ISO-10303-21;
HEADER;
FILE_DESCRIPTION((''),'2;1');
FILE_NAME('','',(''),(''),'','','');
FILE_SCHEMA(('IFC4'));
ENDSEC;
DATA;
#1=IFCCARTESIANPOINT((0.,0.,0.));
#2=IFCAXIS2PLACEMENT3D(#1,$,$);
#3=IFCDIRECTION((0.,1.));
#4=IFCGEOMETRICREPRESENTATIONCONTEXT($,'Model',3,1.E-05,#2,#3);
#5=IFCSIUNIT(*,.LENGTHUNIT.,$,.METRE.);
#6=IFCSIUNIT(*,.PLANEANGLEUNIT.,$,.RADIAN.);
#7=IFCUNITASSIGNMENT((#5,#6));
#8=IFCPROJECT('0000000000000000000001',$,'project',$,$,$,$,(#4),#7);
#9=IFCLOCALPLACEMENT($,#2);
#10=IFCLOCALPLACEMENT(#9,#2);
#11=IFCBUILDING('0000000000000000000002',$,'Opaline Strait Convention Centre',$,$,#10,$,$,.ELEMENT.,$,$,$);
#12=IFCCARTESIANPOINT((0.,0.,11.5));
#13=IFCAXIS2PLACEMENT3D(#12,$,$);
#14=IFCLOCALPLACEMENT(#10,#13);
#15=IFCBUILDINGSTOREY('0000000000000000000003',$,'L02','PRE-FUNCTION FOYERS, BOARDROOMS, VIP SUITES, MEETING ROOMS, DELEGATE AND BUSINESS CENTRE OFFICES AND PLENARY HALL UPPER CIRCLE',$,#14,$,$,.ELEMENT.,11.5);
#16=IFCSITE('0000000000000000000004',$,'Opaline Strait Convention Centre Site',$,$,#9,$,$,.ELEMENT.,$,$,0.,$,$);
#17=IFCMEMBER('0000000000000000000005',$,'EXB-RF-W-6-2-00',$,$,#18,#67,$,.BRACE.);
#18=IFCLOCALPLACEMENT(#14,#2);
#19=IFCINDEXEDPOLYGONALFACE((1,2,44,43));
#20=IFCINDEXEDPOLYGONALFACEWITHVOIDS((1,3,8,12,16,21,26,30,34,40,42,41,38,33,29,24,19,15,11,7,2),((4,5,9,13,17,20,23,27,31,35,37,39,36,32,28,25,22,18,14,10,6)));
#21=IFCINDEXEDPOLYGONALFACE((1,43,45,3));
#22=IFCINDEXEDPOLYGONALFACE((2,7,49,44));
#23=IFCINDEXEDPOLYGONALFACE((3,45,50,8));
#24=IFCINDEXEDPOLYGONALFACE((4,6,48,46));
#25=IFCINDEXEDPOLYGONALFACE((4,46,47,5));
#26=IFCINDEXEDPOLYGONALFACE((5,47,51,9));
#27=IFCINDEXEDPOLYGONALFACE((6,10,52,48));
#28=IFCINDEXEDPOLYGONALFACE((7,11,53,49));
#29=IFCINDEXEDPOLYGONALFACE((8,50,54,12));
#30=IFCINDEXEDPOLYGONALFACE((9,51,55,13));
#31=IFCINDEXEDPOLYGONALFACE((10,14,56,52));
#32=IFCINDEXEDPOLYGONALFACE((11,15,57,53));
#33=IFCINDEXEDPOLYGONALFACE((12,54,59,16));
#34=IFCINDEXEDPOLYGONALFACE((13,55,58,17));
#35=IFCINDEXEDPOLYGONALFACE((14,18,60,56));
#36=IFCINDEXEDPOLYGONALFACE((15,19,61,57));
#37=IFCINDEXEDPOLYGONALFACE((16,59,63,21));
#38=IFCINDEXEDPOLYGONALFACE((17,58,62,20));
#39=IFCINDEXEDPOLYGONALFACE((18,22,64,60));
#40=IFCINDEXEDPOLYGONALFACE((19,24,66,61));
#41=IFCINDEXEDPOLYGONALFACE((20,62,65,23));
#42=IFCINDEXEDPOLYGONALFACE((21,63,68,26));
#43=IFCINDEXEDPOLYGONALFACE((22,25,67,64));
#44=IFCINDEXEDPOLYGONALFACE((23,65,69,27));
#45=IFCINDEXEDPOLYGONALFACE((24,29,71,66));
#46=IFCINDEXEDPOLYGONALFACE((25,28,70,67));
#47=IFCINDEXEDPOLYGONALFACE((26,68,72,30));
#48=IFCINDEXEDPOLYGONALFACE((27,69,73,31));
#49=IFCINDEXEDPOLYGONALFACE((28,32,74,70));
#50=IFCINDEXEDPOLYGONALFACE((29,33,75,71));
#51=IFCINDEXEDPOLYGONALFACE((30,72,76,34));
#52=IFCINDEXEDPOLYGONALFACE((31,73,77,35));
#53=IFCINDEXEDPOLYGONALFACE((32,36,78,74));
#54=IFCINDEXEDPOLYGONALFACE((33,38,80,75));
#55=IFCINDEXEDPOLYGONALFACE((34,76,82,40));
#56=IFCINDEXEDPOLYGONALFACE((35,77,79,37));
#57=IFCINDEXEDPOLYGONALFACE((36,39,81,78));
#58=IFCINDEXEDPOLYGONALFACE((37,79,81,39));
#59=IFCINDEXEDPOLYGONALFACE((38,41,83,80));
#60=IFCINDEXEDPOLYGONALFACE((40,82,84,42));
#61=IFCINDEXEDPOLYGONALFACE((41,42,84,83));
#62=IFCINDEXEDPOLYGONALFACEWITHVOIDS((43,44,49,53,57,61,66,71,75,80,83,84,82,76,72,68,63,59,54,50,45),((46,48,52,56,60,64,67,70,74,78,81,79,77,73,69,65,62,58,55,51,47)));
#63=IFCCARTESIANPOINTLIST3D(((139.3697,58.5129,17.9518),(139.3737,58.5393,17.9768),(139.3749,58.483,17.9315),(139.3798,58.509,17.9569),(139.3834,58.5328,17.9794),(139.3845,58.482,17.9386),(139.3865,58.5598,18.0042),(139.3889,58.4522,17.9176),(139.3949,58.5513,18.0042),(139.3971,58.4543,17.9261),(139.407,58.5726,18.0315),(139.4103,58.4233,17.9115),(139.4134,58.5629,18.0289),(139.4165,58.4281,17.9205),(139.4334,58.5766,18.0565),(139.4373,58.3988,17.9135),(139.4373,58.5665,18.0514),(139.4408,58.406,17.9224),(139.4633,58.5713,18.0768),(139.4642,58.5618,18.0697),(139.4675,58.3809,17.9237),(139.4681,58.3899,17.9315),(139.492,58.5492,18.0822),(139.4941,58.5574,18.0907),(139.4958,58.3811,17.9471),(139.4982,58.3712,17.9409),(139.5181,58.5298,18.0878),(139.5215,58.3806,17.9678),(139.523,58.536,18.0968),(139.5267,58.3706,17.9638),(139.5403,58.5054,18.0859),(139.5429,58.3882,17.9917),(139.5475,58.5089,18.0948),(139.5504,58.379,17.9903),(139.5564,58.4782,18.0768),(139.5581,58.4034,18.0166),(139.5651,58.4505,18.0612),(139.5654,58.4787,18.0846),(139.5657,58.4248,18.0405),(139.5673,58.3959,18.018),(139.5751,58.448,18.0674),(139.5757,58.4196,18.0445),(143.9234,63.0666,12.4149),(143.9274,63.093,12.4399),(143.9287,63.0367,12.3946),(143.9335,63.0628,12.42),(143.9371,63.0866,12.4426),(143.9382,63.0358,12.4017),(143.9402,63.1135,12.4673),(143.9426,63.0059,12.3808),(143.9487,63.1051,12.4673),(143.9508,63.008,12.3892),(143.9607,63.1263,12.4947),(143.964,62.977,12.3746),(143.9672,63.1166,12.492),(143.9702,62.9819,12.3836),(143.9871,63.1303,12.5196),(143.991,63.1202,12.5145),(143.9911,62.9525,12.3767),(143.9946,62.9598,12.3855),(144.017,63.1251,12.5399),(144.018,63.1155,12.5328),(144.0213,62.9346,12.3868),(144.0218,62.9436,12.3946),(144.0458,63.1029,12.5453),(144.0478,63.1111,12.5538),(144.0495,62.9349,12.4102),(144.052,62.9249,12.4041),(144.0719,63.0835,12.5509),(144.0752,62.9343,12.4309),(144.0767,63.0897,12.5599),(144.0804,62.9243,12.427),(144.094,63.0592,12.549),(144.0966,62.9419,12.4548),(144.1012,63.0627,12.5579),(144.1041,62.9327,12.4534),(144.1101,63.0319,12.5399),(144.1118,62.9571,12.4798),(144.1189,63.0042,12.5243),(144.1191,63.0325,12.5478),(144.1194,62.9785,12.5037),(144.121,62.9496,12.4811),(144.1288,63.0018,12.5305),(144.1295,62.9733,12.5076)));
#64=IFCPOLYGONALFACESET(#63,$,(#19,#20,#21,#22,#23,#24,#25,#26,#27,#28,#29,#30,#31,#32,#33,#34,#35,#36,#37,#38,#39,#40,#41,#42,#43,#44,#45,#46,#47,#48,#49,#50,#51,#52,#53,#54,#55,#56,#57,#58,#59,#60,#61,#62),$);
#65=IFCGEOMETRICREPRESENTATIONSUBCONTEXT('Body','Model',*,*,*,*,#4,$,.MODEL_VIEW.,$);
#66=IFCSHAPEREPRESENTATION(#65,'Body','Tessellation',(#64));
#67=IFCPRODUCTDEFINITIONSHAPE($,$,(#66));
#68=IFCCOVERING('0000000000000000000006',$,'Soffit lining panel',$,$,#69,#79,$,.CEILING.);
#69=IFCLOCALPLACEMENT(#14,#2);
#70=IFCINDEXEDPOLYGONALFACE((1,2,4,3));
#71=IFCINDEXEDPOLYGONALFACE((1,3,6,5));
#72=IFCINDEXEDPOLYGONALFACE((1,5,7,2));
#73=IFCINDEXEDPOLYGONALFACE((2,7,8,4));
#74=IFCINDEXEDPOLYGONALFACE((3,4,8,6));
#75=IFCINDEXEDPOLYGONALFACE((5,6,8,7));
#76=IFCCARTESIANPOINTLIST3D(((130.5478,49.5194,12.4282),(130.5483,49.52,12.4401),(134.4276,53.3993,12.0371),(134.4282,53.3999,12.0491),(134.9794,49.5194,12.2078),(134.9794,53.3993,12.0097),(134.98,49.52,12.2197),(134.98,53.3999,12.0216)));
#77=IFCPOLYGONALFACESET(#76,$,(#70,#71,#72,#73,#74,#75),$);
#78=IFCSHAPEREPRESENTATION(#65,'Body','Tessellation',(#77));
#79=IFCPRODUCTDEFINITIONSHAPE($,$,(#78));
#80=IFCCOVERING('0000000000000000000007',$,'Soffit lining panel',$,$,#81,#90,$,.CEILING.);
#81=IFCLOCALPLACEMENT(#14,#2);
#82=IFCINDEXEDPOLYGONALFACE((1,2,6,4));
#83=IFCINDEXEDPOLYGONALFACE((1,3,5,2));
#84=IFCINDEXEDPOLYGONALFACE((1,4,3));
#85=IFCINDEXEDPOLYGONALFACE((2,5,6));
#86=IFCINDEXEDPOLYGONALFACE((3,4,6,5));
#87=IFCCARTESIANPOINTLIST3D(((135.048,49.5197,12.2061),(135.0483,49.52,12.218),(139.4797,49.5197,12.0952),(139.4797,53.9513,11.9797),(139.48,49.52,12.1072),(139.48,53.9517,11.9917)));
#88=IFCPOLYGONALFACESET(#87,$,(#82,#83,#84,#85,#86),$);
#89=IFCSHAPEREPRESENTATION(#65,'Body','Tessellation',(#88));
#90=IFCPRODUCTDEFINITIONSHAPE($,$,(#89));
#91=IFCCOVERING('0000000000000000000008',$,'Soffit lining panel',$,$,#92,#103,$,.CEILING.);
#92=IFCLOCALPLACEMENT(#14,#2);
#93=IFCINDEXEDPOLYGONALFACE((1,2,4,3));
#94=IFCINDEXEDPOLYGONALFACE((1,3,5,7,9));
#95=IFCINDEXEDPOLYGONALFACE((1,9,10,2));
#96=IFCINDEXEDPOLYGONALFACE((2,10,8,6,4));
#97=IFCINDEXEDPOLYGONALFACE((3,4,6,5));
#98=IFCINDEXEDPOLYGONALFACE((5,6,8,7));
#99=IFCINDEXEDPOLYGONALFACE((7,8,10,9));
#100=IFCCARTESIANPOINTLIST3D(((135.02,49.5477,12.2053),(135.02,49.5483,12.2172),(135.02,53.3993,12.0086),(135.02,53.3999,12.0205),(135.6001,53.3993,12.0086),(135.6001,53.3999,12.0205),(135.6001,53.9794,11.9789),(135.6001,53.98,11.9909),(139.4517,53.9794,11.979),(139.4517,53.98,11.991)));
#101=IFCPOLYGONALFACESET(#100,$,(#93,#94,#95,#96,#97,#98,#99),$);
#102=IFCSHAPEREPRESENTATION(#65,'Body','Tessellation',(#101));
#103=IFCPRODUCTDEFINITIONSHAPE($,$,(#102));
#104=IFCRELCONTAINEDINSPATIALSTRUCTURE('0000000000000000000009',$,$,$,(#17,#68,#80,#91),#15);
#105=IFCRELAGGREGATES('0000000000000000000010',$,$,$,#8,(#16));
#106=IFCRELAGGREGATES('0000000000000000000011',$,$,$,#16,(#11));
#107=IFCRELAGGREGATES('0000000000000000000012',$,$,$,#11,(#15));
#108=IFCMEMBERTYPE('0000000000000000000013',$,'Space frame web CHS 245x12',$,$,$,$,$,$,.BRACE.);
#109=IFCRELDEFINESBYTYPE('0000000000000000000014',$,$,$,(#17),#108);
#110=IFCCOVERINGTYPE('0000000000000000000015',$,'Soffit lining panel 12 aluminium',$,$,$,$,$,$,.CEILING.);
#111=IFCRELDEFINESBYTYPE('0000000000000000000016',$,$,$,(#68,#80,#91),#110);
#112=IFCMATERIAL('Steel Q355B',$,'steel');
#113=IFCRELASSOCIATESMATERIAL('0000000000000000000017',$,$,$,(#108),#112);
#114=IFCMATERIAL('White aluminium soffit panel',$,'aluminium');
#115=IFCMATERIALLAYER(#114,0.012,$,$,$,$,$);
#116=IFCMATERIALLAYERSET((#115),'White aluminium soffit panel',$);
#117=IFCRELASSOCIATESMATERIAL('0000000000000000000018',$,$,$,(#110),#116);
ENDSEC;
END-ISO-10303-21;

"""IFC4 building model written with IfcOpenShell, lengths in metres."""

from ifc_helpers import new_model, si_unit, direction, frame, origin, origin_2d, place, context, subcontext, project, spatial, polyline, hollow_circle, outline, extrude, material, layer, layer_set, material_profile, profile_set, type_object, element, save


model = new_model("IFC4")

# Units and contexts
model_context = context("Model", 3, precision=1e-05, world=origin(), true_north=direction((0.0, 1.0)))
body_context = subcontext(model_context, "Body", "Model", "MODEL_VIEW")
ifc_project = project(units=[si_unit("LENGTHUNIT", "METRE"), si_unit("PLANEANGLEUNIT", "RADIAN")], contexts=[model_context])

# Site, building, storey
site_placement = place(None, origin())
site = spatial("IfcSite", under=ifc_project, at=site_placement, Name="Opaline Strait Convention Centre Site", CompositionType="ELEMENT", RefElevation=0.0)
building_placement = place(site_placement, origin())
building = spatial("IfcBuilding", under=site, at=building_placement, Name="Opaline Strait Convention Centre", CompositionType="ELEMENT")
storey_placement = place(building_placement, frame((0.0, 0.0, 11.5)))
storey = spatial("IfcBuildingStorey", under=building, at=storey_placement, Name="L02", Description="PRE-FUNCTION FOYERS, BOARDROOMS, VIP SUITES, MEETING ROOMS, DELEGATE AND BUSINESS CENTRE OFFICES AND PLENARY HALL UPPER CIRCLE", CompositionType="ELEMENT", Elevation=11.5)

# Member
ifc_material_1 = material(Name="Steel Q355B", Category="steel")
ifc_material_profile_1 = material_profile(ifc_material_1, hollow_circle(Radius=0.1226, WallThickness=0.012, at=origin_2d()), Name="CHS 245x12")
ifc_profile_set_1 = profile_set([ifc_material_profile_1], Name="Steel Q355B")
member_type_1 = type_object("IfcMemberType", Name="Space frame web CHS 245x12", PredefinedType="BRACE", material=ifc_profile_set_1)
member_1_placement = place(storey_placement, frame((139.4731, 58.4731, 18.0042), z_axis=(0.536178, 0.536178, -0.65194), x_axis=(-0.707107, 0.707107, 0.0)))
element("IfcMember", 1, at=member_1_placement, inside=storey, type_object=member_type_1, Name="EXB-RF-W-6-2-00", PredefinedType="BRACE", context=body_context, shape_type="SweptSolid", body=[
    extrude(hollow_circle(Radius=0.1226, WallThickness=0.012, at=origin_2d()), origin(), (0.0, 0.0, 1.0), 8.4929),
])

# Coverings
ifc_material_2 = material(Name="White aluminium soffit panel", Category="aluminium")
ifc_layer = layer(ifc_material_2, 0.012)
ifc_layer_set = layer_set([ifc_layer], Name="White aluminium soffit panel")
covering_type = type_object("IfcCoveringType", Name="Soffit lining panel 12 aluminium", PredefinedType="CEILING", material=ifc_layer_set)
covering_1_placement = place(storey_placement, frame((134.4282, 53.3999, 12.0491), z_axis=(0.0496, 0.050927, 0.99747), x_axis=(0.998766, 0.000014, -0.049665)))
element("IfcCovering", 2, at=covering_1_placement, inside=storey, type_object=covering_type, Name="Soffit lining panel", PredefinedType="CEILING", context=body_context, shape_type="SweptSolid", body=[
    extrude(outline(polyline([(0.0, 0.0), (0.5524, 0.0), (0.5425, -3.8849), (-3.8946, -3.8849), (0.0, 0.0)])), origin(), (0.0, 0.0, -1.0), 0.012),
])
covering_2_placement = place(storey_placement, frame((135.0483, 49.52, 12.218), z_axis=(0.024995, 0.026041, 0.999348), x_axis=(0.706646, 0.706646, -0.036088)))
element("IfcCovering", 3, at=covering_2_placement, inside=storey, type_object=covering_type, Name="Soffit lining panel", PredefinedType="CEILING", context=body_context, shape_type="SweptSolid", body=[
    extrude(outline(polyline([(0.0, 0.0), (6.2714, 0.0), (3.1356, -3.1336), (0.0, 0.0)])), origin(), (0.0, 0.0, -1.0), 0.012),
])
covering_3_placement = place(storey_placement, frame((135.02, 53.3999, 12.0205), z_axis=(-0.000019, 0.051007, 0.998698), x_axis=(1.0, 0.000001, 0.000019)))
element("IfcCovering", 4, at=covering_3_placement, inside=storey, type_object=covering_type, Name="Soffit lining panel", PredefinedType="CEILING", context=body_context, shape_type="SweptSolid", body=[
    extrude(outline(polyline([(0.0, 0.0), (0.5801, 0.0), (0.5801, 0.5808), (4.4316, 0.5808), (0.0, -3.8566), (0.0, 0.0)])), origin(), (0.0, 0.0, -1.0), 0.012),
])

save(model, "model.ifc")
